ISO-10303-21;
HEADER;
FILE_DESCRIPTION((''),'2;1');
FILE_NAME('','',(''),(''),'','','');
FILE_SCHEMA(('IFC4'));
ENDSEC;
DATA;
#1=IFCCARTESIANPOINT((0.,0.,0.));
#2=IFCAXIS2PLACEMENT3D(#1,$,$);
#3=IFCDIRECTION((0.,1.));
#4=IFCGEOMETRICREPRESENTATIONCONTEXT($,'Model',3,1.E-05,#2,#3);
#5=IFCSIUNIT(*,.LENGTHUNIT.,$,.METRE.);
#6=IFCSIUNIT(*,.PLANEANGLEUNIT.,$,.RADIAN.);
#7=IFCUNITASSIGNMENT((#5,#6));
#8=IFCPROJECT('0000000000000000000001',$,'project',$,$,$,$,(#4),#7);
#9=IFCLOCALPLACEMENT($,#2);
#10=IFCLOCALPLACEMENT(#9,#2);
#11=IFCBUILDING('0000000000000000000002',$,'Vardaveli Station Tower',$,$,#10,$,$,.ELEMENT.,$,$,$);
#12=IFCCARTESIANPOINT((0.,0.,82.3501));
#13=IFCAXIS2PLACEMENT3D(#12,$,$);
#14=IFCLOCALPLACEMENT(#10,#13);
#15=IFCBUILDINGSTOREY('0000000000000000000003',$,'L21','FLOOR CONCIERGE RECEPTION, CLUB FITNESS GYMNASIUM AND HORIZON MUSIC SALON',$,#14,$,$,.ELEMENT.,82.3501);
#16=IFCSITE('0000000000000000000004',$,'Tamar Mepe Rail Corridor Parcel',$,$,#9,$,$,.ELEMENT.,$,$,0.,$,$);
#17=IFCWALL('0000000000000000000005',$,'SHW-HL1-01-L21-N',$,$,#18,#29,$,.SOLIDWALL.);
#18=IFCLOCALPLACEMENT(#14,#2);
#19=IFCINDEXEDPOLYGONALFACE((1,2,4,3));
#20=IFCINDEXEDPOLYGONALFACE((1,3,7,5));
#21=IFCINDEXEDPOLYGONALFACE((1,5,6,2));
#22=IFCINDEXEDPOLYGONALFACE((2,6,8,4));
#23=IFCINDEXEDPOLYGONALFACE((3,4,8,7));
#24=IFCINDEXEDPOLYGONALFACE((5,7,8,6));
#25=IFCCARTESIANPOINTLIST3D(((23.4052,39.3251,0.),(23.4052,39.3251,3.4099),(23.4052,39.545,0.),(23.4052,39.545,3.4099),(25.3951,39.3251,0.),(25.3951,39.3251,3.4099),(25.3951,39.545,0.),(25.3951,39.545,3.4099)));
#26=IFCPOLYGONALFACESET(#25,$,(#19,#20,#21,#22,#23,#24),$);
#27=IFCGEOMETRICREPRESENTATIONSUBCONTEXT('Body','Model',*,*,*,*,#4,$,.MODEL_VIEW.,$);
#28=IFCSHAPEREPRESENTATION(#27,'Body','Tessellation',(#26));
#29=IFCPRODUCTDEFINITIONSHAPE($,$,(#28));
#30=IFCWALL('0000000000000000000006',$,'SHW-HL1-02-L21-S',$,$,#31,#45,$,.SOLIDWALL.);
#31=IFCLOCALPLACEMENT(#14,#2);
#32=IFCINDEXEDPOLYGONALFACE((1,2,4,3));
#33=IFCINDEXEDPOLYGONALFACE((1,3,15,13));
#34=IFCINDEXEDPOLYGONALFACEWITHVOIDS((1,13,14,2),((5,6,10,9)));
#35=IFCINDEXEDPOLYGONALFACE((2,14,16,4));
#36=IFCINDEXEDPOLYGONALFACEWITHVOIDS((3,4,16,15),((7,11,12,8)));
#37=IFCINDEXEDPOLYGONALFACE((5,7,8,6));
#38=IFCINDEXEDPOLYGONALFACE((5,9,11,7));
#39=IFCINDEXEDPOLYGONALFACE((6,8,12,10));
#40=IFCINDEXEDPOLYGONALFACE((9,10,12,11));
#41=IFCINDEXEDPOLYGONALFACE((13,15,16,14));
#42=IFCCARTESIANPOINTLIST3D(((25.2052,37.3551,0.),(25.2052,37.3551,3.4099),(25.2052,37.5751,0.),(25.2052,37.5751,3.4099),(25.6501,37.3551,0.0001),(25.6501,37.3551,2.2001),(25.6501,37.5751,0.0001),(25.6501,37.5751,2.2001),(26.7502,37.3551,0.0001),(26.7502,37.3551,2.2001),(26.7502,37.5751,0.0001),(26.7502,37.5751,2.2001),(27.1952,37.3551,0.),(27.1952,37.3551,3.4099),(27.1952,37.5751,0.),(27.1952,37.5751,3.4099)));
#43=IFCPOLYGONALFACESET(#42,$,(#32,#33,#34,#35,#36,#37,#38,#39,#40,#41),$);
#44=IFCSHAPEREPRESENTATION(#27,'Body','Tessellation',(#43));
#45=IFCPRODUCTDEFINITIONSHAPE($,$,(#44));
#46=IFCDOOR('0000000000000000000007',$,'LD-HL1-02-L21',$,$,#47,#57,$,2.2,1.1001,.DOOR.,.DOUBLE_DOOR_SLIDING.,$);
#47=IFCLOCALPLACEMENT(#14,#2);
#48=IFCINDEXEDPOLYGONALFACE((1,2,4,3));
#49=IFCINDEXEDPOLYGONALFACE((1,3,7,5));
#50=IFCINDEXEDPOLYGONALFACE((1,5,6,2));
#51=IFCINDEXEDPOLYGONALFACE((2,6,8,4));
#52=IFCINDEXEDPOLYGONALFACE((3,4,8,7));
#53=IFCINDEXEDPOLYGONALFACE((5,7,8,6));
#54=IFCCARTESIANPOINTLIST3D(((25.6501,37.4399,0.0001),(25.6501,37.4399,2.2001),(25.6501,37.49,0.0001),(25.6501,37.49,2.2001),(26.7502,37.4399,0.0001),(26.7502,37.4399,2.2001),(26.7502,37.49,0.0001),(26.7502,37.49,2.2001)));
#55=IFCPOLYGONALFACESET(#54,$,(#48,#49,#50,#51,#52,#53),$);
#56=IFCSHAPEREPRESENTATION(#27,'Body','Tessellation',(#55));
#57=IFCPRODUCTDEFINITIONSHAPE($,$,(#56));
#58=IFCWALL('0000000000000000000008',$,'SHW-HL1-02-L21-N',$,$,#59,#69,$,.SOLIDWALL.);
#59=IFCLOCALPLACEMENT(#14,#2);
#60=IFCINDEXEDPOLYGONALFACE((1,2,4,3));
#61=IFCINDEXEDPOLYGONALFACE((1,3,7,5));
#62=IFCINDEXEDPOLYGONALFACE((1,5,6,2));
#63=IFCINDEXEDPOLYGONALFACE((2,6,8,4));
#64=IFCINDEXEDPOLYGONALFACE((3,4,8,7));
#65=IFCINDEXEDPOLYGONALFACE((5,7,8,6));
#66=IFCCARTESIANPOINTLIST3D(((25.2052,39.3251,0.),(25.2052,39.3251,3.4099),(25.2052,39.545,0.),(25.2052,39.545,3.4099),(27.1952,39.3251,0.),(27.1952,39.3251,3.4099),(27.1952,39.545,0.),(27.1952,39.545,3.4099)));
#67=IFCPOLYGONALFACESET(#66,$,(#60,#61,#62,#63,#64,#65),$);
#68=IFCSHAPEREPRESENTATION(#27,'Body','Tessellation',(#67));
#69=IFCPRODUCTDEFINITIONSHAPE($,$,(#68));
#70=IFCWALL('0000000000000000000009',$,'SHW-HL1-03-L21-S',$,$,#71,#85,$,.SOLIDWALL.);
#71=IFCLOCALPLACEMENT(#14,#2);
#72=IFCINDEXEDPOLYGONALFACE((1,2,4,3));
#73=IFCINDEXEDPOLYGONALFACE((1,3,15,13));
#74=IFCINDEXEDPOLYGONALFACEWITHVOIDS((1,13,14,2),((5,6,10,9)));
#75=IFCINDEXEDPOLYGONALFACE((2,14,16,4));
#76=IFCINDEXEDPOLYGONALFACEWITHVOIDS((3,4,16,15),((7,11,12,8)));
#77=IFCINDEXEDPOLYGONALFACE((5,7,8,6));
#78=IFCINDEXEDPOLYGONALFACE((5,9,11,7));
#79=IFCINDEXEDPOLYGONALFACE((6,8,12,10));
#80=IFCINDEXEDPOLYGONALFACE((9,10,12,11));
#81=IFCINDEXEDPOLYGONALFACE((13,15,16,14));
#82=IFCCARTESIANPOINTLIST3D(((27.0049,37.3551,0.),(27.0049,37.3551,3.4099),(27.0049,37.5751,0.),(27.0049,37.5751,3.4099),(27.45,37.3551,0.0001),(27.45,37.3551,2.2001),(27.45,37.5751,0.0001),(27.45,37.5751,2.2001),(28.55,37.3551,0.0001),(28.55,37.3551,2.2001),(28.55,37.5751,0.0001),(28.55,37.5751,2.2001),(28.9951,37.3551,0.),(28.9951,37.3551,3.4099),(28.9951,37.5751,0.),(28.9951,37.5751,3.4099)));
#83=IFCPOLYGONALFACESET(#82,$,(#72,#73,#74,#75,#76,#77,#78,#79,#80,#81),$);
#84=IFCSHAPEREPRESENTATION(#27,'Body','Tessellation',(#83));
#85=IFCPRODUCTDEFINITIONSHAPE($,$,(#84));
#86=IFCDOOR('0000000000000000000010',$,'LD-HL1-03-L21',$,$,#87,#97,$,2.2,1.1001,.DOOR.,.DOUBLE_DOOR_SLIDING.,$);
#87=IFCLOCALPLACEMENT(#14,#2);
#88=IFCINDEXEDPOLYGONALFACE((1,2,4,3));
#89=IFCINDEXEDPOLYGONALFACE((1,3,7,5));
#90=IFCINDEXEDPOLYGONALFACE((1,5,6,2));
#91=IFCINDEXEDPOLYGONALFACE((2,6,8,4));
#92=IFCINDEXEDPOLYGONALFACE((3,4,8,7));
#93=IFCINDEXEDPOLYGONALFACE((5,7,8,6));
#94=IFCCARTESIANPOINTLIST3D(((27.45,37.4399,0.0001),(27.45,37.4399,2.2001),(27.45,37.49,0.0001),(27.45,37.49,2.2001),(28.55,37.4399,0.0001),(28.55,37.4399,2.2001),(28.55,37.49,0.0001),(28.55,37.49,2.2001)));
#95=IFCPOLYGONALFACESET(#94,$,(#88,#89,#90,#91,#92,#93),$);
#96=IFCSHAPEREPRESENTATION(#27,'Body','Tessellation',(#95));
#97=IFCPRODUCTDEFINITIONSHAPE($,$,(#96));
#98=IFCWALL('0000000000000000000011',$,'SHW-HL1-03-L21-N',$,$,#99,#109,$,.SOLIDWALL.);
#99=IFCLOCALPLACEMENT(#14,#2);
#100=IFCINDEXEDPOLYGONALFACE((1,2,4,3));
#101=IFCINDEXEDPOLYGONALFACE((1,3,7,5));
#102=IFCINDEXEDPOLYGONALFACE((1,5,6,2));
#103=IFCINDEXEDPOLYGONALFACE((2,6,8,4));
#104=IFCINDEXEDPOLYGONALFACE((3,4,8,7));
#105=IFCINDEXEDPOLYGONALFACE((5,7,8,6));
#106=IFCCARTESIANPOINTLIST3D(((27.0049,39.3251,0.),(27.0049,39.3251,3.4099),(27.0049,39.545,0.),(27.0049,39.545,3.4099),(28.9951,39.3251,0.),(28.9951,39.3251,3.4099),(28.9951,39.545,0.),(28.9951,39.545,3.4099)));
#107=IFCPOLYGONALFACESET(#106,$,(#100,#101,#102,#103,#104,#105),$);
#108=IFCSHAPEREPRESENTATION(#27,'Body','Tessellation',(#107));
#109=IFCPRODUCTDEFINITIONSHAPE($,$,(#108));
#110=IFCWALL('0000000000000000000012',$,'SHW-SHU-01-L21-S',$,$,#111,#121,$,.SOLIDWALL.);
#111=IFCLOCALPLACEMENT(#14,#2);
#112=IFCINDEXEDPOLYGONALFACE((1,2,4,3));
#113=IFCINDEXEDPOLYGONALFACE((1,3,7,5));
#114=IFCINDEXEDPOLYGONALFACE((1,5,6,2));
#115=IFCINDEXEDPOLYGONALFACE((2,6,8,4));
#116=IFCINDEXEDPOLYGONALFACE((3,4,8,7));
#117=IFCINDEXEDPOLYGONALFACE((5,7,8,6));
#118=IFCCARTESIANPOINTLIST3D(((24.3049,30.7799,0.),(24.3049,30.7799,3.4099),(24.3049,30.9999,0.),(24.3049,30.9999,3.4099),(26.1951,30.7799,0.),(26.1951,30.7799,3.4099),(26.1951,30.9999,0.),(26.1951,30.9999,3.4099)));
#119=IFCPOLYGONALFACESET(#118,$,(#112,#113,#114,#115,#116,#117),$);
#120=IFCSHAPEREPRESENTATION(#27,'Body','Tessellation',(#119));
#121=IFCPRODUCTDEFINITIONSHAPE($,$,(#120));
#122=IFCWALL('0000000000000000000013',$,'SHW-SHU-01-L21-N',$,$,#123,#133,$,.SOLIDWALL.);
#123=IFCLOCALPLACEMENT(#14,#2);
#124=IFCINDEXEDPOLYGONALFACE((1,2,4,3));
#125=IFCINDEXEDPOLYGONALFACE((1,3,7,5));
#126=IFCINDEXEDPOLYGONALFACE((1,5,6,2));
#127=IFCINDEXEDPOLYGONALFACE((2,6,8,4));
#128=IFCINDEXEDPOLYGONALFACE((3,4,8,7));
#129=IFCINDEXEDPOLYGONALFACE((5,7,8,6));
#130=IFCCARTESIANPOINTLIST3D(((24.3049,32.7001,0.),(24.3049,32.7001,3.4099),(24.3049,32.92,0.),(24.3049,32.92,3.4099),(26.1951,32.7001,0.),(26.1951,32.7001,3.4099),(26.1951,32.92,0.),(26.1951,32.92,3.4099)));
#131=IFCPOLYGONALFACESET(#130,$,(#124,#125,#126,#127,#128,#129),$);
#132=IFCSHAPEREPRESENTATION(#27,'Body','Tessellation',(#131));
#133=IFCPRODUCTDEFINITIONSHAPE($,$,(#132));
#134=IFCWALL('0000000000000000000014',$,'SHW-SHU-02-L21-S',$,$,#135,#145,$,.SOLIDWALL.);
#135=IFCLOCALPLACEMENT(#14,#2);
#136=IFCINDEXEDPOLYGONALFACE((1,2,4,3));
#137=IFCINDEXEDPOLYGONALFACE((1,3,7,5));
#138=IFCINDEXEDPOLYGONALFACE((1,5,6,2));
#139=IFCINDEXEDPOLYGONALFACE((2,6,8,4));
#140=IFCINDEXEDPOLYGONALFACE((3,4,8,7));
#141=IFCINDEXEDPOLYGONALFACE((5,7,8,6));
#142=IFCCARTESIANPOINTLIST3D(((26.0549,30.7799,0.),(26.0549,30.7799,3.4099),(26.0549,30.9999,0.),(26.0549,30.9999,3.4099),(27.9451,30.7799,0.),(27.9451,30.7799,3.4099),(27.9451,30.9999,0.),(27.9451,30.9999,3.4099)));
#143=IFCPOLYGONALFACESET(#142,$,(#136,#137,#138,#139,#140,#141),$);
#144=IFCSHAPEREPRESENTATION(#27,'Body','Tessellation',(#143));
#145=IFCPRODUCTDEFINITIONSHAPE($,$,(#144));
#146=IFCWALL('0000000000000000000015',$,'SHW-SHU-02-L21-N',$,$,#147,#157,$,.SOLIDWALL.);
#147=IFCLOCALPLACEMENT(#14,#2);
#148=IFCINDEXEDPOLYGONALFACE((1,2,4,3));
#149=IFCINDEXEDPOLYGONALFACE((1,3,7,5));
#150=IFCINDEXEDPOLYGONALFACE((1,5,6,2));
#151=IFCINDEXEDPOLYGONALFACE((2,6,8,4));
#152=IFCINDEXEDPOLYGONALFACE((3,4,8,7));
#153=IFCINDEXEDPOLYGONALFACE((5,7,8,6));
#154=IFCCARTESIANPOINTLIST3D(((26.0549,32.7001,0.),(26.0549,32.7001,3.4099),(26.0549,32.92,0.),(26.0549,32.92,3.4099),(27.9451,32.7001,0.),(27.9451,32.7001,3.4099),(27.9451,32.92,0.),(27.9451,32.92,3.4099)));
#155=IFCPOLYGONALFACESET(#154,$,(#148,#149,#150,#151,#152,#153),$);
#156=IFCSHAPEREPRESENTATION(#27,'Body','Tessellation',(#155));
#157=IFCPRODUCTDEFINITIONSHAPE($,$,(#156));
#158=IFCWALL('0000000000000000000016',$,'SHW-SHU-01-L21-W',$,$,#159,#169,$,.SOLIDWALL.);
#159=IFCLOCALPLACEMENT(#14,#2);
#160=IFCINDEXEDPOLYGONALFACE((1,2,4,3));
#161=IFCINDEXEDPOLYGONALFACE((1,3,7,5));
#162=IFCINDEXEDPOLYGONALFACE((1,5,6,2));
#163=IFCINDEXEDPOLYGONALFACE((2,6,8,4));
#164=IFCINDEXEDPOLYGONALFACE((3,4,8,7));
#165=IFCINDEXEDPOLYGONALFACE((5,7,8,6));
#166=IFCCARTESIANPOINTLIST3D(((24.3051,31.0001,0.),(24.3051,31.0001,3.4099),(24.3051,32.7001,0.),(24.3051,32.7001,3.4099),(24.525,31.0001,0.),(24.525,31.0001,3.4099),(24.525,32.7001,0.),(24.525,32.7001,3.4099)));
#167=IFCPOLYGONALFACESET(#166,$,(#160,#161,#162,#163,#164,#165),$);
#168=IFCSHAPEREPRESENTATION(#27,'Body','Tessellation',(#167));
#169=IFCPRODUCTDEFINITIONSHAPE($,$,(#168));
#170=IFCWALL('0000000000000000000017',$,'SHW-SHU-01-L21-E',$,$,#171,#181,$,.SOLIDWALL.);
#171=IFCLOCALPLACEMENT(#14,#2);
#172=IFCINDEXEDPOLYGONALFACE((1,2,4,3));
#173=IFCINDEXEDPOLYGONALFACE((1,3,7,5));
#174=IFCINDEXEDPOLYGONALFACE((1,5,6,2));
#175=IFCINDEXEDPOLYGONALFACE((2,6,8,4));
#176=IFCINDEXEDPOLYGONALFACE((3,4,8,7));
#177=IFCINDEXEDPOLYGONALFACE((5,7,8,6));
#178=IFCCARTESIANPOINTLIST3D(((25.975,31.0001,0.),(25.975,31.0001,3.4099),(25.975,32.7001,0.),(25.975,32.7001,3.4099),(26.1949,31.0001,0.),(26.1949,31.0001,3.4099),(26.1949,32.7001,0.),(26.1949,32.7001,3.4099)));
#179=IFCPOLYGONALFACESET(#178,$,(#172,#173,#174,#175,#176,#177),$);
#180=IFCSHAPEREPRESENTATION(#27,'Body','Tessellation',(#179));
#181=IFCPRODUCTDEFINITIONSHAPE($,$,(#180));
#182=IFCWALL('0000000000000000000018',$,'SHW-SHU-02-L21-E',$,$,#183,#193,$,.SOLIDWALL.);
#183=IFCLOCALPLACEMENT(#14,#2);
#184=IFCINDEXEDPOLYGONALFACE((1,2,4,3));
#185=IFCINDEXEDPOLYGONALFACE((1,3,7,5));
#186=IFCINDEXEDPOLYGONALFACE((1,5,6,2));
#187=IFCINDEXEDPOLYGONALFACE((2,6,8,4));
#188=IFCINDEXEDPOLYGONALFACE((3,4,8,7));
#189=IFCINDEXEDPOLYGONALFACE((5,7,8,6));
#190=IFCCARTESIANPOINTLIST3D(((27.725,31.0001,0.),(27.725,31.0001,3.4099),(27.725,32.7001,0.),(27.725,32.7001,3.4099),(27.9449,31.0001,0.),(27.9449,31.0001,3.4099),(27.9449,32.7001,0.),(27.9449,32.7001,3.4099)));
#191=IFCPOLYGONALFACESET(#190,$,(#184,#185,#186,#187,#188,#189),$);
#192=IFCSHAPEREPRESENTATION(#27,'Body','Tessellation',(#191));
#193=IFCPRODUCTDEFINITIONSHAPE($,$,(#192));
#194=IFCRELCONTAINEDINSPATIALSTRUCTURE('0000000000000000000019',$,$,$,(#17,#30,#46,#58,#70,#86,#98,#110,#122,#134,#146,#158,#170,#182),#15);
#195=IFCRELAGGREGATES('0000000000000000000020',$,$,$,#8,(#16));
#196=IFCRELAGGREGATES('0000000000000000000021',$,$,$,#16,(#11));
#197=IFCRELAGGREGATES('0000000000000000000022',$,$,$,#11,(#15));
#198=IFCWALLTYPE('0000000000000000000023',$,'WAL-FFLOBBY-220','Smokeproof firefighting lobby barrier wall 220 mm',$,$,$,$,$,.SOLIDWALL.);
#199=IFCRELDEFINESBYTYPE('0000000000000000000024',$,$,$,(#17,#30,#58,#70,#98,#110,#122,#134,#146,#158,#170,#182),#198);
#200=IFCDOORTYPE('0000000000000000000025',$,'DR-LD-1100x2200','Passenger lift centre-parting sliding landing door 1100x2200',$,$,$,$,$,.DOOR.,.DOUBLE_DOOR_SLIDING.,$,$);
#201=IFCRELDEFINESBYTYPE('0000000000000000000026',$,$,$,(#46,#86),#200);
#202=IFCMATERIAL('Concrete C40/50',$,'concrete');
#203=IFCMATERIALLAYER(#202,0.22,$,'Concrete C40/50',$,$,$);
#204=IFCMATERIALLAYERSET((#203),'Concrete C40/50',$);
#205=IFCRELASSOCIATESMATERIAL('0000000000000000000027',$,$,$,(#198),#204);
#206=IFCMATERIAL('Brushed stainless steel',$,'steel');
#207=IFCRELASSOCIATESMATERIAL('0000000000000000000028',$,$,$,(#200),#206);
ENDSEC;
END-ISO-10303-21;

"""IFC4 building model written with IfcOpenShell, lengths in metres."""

from ifc_helpers import new_model, si_unit, direction, frame, frame_2d, origin, place, context, subcontext, project, spatial, rectangle, extrude, source, transform, mapped, material, layer, layer_set, type_object, element, fill, save


model = new_model("IFC4")

# Units and contexts
model_context = context("Model", 3, precision=1e-05, world=origin(), true_north=direction((0.0, 1.0)))
body_context = subcontext(model_context, "Body", "Model", "MODEL_VIEW")
ifc_project = project(units=[si_unit("LENGTHUNIT", "METRE"), si_unit("PLANEANGLEUNIT", "RADIAN")], contexts=[model_context])

# Site, building, storey
site_placement = place(None, origin())
site = spatial("IfcSite", under=ifc_project, at=site_placement, Name="Tamar Mepe Rail Corridor Parcel", CompositionType="ELEMENT", RefElevation=0.0)
building_placement = place(site_placement, origin())
building = spatial("IfcBuilding", under=site, at=building_placement, Name="Vardaveli Station Tower", CompositionType="ELEMENT")
storey_placement = place(building_placement, frame((0.0, 0.0, 82.3501)))
storey = spatial("IfcBuildingStorey", under=building, at=storey_placement, Name="L21", Description="FLOOR CONCIERGE RECEPTION, CLUB FITNESS GYMNASIUM AND HORIZON MUSIC SALON", CompositionType="ELEMENT", Elevation=82.3501)

# Shared definitions
ifc_material_1 = material(Name="Concrete C40/50", Category="concrete")
ifc_layer = layer(ifc_material_1, 0.22, Name="Concrete C40/50")
ifc_layer_set = layer_set([ifc_layer], Name="Concrete C40/50")
wall_type = type_object("IfcWallType", Name="WAL-FFLOBBY-220", Description="Smokeproof firefighting lobby barrier wall 220 mm", PredefinedType="SOLIDWALL", material=ifc_layer_set)

# Shared definitions
shared_shape_1 = source(origin(), body_context, "Body", "SweptSolid", [
    extrude(rectangle(XDim=1.99, YDim=0.22, at=frame_2d((0.9951, 0.0))), origin(), (0.0, 0.0, 1.0), 3.4099),
])
shared_shape_2 = source(origin(), body_context, "Body", "SweptSolid", [
    extrude(rectangle(XDim=1.1001, YDim=2.2, at=frame_2d((0.55, 1.1001))), frame((0.0, 0.1201, 0.0), z_axis=(0.0, -1.0, 0.0), x_axis=(1.0, 0.0, 0.0)), (0.0, 0.0, 1.0), 0.24),
])
ifc_material_2 = material(Name="Brushed stainless steel", Category="steel")
door_type = type_object("IfcDoorType", Name="DR-LD-1100x2200", Description="Passenger lift centre-parting sliding landing door 1100x2200", OperationType="DOUBLE_DOOR_SLIDING", PredefinedType="DOOR", material=ifc_material_2)
shared_shape_3 = source(origin(), body_context, "Body", "SweptSolid", [
    extrude(rectangle(XDim=1.1001, YDim=2.2, at=frame_2d((0.55, 1.1001))), frame((0.0, 0.0249, 0.0), z_axis=(0.0, -1.0, 0.0), x_axis=(1.0, 0.0, 0.0)), (0.0, 0.0, 1.0), 0.05),
])

# Wall
wall_1_placement = place(storey_placement, frame((23.405, 39.4351, 0.0), z_axis=(0.0, 0.0, 1.0), x_axis=(1.0, 0.0, 0.0)))
element("IfcWall", 1, at=wall_1_placement, inside=storey, type_object=wall_type, Name="SHW-HL1-01-L21-N", PredefinedType="SOLIDWALL", context=body_context, shape_type="MappedRepresentation", body=[
    mapped(shared_shape_1, transform((0.0, 0.0, 0.0), scale=1.0)),
])

# Wall, opening, door
wall_2_placement = place(storey_placement, frame((25.2051, 37.4651, 0.0), z_axis=(0.0, 0.0, 1.0), x_axis=(1.0, 0.0, 0.0)))
wall_2 = element("IfcWall", 2, at=wall_2_placement, inside=storey, type_object=wall_type, Name="SHW-HL1-02-L21-S", PredefinedType="SOLIDWALL", context=body_context, shape_type="MappedRepresentation", body=[
    mapped(shared_shape_1, transform((0.0, 0.0, 0.0), scale=1.0)),
])
opening_1_placement = place(wall_2_placement, frame((0.4451, 0.0, 0.0)))
opening_1 = element("IfcOpeningElement", 3, at=opening_1_placement, cuts=wall_2, PredefinedType="OPENING", context=body_context, shape_type="MappedRepresentation", body=[
    mapped(shared_shape_2, transform((0.0, 0.0, 0.0), scale=1.0)),
])
door_1_placement = place(opening_1_placement, origin())
door_1 = element("IfcDoor", 4, at=door_1_placement, inside=storey, type_object=door_type, Name="LD-HL1-02-L21", OperationType="DOUBLE_DOOR_SLIDING", OverallHeight=2.2, OverallWidth=1.1001, PredefinedType="DOOR", context=body_context, shape_type="MappedRepresentation", body=[
    mapped(shared_shape_3, transform((0.0, 0.0, 0.0), scale=1.0)),
])
fill(opening_1, door_1)

# Wall
wall_3_placement = place(storey_placement, frame((25.2051, 39.4351, 0.0), z_axis=(0.0, 0.0, 1.0), x_axis=(1.0, 0.0, 0.0)))
element("IfcWall", 5, at=wall_3_placement, inside=storey, type_object=wall_type, Name="SHW-HL1-02-L21-N", PredefinedType="SOLIDWALL", context=body_context, shape_type="MappedRepresentation", body=[
    mapped(shared_shape_1, transform((0.0, 0.0, 0.0), scale=1.0)),
])

# Wall, opening, door
shared_shape_4 = source(origin(), body_context, "Body", "SweptSolid", [
    extrude(rectangle(XDim=1.9902, YDim=0.22, at=frame_2d((0.9951, 0.0))), origin(), (0.0, 0.0, 1.0), 3.4099),
])
wall_4_placement = place(storey_placement, frame((27.0049, 37.4651, 0.0), z_axis=(0.0, 0.0, 1.0), x_axis=(1.0, 0.0, 0.0)))
wall_4 = element("IfcWall", 6, at=wall_4_placement, inside=storey, type_object=wall_type, Name="SHW-HL1-03-L21-S", PredefinedType="SOLIDWALL", context=body_context, shape_type="MappedRepresentation", body=[
    mapped(shared_shape_4, transform((0.0, 0.0, 0.0), scale=1.0)),
])
opening_2_placement = place(wall_4_placement, frame((0.4451, 0.0, 0.0)))
opening_2 = element("IfcOpeningElement", 7, at=opening_2_placement, cuts=wall_4, PredefinedType="OPENING", context=body_context, shape_type="MappedRepresentation", body=[
    mapped(shared_shape_2, transform((0.0, 0.0, 0.0), scale=1.0)),
])
door_2_placement = place(opening_2_placement, origin())
door_2 = element("IfcDoor", 8, at=door_2_placement, inside=storey, type_object=door_type, Name="LD-HL1-03-L21", OperationType="DOUBLE_DOOR_SLIDING", OverallHeight=2.2, OverallWidth=1.1001, PredefinedType="DOOR", context=body_context, shape_type="MappedRepresentation", body=[
    mapped(shared_shape_3, transform((0.0, 0.0, 0.0), scale=1.0)),
])
fill(opening_2, door_2)

# Walls
wall_5_placement = place(storey_placement, frame((27.0049, 39.4351, 0.0), z_axis=(0.0, 0.0, 1.0), x_axis=(1.0, 0.0, 0.0)))
element("IfcWall", 9, at=wall_5_placement, inside=storey, type_object=wall_type, Name="SHW-HL1-03-L21-N", PredefinedType="SOLIDWALL", context=body_context, shape_type="MappedRepresentation", body=[
    mapped(shared_shape_4, transform((0.0, 0.0, 0.0), scale=1.0)),
])
shared_shape_5 = source(origin(), body_context, "Body", "SweptSolid", [
    extrude(rectangle(XDim=1.8901, YDim=0.22, at=frame_2d((0.9451, 0.0))), origin(), (0.0, 0.0, 1.0), 3.4099),
])
for number, where, z_axis, x_axis, name in (
    (10, (24.3049, 30.8899, 0.0), (0.0, 0.0, 1.0), (1.0, 0.0, 0.0), "SHW-SHU-01-L21-S"),
    (11, (24.3049, 32.8101, 0.0), (0.0, 0.0, 1.0), (1.0, 0.0, 0.0), "SHW-SHU-01-L21-N"),
    (12, (26.0549, 30.8899, 0.0), (0.0, 0.0, 1.0), (1.0, 0.0, 0.0), "SHW-SHU-02-L21-S"),
    (13, (26.0549, 32.8101, 0.0), (0.0, 0.0, 1.0), (1.0, 0.0, 0.0), "SHW-SHU-02-L21-N"),
):
    element("IfcWall", number, at=place(storey_placement, frame(where, z_axis=z_axis, x_axis=x_axis)), inside=storey, type_object=wall_type, Name=name, PredefinedType="SOLIDWALL", context=body_context, shape_type="MappedRepresentation", body=[
        mapped(shared_shape_5, transform((0.0, 0.0, 0.0), scale=1.0)),
    ])
shared_shape_6 = source(origin(), body_context, "Body", "SweptSolid", [
    extrude(rectangle(XDim=1.7, YDim=0.22, at=frame_2d((0.8501, 0.0))), origin(), (0.0, 0.0, 1.0), 3.4099),
])
for number, where, z_axis, x_axis, name in (
    (14, (24.415, 31.0, 0.0), (0.0, 0.0, 1.0), (0.0, 1.0, 0.0), "SHW-SHU-01-L21-W"),
    (15, (26.085, 31.0, 0.0), (0.0, 0.0, 1.0), (0.0, 1.0, 0.0), "SHW-SHU-01-L21-E"),
    (16, (27.835, 31.0, 0.0), (0.0, 0.0, 1.0), (0.0, 1.0, 0.0), "SHW-SHU-02-L21-E"),
):
    element("IfcWall", number, at=place(storey_placement, frame(where, z_axis=z_axis, x_axis=x_axis)), inside=storey, type_object=wall_type, Name=name, PredefinedType="SOLIDWALL", context=body_context, shape_type="MappedRepresentation", body=[
        mapped(shared_shape_6, transform((0.0, 0.0, 0.0), scale=1.0)),
    ])

save(model, "model.ifc")
